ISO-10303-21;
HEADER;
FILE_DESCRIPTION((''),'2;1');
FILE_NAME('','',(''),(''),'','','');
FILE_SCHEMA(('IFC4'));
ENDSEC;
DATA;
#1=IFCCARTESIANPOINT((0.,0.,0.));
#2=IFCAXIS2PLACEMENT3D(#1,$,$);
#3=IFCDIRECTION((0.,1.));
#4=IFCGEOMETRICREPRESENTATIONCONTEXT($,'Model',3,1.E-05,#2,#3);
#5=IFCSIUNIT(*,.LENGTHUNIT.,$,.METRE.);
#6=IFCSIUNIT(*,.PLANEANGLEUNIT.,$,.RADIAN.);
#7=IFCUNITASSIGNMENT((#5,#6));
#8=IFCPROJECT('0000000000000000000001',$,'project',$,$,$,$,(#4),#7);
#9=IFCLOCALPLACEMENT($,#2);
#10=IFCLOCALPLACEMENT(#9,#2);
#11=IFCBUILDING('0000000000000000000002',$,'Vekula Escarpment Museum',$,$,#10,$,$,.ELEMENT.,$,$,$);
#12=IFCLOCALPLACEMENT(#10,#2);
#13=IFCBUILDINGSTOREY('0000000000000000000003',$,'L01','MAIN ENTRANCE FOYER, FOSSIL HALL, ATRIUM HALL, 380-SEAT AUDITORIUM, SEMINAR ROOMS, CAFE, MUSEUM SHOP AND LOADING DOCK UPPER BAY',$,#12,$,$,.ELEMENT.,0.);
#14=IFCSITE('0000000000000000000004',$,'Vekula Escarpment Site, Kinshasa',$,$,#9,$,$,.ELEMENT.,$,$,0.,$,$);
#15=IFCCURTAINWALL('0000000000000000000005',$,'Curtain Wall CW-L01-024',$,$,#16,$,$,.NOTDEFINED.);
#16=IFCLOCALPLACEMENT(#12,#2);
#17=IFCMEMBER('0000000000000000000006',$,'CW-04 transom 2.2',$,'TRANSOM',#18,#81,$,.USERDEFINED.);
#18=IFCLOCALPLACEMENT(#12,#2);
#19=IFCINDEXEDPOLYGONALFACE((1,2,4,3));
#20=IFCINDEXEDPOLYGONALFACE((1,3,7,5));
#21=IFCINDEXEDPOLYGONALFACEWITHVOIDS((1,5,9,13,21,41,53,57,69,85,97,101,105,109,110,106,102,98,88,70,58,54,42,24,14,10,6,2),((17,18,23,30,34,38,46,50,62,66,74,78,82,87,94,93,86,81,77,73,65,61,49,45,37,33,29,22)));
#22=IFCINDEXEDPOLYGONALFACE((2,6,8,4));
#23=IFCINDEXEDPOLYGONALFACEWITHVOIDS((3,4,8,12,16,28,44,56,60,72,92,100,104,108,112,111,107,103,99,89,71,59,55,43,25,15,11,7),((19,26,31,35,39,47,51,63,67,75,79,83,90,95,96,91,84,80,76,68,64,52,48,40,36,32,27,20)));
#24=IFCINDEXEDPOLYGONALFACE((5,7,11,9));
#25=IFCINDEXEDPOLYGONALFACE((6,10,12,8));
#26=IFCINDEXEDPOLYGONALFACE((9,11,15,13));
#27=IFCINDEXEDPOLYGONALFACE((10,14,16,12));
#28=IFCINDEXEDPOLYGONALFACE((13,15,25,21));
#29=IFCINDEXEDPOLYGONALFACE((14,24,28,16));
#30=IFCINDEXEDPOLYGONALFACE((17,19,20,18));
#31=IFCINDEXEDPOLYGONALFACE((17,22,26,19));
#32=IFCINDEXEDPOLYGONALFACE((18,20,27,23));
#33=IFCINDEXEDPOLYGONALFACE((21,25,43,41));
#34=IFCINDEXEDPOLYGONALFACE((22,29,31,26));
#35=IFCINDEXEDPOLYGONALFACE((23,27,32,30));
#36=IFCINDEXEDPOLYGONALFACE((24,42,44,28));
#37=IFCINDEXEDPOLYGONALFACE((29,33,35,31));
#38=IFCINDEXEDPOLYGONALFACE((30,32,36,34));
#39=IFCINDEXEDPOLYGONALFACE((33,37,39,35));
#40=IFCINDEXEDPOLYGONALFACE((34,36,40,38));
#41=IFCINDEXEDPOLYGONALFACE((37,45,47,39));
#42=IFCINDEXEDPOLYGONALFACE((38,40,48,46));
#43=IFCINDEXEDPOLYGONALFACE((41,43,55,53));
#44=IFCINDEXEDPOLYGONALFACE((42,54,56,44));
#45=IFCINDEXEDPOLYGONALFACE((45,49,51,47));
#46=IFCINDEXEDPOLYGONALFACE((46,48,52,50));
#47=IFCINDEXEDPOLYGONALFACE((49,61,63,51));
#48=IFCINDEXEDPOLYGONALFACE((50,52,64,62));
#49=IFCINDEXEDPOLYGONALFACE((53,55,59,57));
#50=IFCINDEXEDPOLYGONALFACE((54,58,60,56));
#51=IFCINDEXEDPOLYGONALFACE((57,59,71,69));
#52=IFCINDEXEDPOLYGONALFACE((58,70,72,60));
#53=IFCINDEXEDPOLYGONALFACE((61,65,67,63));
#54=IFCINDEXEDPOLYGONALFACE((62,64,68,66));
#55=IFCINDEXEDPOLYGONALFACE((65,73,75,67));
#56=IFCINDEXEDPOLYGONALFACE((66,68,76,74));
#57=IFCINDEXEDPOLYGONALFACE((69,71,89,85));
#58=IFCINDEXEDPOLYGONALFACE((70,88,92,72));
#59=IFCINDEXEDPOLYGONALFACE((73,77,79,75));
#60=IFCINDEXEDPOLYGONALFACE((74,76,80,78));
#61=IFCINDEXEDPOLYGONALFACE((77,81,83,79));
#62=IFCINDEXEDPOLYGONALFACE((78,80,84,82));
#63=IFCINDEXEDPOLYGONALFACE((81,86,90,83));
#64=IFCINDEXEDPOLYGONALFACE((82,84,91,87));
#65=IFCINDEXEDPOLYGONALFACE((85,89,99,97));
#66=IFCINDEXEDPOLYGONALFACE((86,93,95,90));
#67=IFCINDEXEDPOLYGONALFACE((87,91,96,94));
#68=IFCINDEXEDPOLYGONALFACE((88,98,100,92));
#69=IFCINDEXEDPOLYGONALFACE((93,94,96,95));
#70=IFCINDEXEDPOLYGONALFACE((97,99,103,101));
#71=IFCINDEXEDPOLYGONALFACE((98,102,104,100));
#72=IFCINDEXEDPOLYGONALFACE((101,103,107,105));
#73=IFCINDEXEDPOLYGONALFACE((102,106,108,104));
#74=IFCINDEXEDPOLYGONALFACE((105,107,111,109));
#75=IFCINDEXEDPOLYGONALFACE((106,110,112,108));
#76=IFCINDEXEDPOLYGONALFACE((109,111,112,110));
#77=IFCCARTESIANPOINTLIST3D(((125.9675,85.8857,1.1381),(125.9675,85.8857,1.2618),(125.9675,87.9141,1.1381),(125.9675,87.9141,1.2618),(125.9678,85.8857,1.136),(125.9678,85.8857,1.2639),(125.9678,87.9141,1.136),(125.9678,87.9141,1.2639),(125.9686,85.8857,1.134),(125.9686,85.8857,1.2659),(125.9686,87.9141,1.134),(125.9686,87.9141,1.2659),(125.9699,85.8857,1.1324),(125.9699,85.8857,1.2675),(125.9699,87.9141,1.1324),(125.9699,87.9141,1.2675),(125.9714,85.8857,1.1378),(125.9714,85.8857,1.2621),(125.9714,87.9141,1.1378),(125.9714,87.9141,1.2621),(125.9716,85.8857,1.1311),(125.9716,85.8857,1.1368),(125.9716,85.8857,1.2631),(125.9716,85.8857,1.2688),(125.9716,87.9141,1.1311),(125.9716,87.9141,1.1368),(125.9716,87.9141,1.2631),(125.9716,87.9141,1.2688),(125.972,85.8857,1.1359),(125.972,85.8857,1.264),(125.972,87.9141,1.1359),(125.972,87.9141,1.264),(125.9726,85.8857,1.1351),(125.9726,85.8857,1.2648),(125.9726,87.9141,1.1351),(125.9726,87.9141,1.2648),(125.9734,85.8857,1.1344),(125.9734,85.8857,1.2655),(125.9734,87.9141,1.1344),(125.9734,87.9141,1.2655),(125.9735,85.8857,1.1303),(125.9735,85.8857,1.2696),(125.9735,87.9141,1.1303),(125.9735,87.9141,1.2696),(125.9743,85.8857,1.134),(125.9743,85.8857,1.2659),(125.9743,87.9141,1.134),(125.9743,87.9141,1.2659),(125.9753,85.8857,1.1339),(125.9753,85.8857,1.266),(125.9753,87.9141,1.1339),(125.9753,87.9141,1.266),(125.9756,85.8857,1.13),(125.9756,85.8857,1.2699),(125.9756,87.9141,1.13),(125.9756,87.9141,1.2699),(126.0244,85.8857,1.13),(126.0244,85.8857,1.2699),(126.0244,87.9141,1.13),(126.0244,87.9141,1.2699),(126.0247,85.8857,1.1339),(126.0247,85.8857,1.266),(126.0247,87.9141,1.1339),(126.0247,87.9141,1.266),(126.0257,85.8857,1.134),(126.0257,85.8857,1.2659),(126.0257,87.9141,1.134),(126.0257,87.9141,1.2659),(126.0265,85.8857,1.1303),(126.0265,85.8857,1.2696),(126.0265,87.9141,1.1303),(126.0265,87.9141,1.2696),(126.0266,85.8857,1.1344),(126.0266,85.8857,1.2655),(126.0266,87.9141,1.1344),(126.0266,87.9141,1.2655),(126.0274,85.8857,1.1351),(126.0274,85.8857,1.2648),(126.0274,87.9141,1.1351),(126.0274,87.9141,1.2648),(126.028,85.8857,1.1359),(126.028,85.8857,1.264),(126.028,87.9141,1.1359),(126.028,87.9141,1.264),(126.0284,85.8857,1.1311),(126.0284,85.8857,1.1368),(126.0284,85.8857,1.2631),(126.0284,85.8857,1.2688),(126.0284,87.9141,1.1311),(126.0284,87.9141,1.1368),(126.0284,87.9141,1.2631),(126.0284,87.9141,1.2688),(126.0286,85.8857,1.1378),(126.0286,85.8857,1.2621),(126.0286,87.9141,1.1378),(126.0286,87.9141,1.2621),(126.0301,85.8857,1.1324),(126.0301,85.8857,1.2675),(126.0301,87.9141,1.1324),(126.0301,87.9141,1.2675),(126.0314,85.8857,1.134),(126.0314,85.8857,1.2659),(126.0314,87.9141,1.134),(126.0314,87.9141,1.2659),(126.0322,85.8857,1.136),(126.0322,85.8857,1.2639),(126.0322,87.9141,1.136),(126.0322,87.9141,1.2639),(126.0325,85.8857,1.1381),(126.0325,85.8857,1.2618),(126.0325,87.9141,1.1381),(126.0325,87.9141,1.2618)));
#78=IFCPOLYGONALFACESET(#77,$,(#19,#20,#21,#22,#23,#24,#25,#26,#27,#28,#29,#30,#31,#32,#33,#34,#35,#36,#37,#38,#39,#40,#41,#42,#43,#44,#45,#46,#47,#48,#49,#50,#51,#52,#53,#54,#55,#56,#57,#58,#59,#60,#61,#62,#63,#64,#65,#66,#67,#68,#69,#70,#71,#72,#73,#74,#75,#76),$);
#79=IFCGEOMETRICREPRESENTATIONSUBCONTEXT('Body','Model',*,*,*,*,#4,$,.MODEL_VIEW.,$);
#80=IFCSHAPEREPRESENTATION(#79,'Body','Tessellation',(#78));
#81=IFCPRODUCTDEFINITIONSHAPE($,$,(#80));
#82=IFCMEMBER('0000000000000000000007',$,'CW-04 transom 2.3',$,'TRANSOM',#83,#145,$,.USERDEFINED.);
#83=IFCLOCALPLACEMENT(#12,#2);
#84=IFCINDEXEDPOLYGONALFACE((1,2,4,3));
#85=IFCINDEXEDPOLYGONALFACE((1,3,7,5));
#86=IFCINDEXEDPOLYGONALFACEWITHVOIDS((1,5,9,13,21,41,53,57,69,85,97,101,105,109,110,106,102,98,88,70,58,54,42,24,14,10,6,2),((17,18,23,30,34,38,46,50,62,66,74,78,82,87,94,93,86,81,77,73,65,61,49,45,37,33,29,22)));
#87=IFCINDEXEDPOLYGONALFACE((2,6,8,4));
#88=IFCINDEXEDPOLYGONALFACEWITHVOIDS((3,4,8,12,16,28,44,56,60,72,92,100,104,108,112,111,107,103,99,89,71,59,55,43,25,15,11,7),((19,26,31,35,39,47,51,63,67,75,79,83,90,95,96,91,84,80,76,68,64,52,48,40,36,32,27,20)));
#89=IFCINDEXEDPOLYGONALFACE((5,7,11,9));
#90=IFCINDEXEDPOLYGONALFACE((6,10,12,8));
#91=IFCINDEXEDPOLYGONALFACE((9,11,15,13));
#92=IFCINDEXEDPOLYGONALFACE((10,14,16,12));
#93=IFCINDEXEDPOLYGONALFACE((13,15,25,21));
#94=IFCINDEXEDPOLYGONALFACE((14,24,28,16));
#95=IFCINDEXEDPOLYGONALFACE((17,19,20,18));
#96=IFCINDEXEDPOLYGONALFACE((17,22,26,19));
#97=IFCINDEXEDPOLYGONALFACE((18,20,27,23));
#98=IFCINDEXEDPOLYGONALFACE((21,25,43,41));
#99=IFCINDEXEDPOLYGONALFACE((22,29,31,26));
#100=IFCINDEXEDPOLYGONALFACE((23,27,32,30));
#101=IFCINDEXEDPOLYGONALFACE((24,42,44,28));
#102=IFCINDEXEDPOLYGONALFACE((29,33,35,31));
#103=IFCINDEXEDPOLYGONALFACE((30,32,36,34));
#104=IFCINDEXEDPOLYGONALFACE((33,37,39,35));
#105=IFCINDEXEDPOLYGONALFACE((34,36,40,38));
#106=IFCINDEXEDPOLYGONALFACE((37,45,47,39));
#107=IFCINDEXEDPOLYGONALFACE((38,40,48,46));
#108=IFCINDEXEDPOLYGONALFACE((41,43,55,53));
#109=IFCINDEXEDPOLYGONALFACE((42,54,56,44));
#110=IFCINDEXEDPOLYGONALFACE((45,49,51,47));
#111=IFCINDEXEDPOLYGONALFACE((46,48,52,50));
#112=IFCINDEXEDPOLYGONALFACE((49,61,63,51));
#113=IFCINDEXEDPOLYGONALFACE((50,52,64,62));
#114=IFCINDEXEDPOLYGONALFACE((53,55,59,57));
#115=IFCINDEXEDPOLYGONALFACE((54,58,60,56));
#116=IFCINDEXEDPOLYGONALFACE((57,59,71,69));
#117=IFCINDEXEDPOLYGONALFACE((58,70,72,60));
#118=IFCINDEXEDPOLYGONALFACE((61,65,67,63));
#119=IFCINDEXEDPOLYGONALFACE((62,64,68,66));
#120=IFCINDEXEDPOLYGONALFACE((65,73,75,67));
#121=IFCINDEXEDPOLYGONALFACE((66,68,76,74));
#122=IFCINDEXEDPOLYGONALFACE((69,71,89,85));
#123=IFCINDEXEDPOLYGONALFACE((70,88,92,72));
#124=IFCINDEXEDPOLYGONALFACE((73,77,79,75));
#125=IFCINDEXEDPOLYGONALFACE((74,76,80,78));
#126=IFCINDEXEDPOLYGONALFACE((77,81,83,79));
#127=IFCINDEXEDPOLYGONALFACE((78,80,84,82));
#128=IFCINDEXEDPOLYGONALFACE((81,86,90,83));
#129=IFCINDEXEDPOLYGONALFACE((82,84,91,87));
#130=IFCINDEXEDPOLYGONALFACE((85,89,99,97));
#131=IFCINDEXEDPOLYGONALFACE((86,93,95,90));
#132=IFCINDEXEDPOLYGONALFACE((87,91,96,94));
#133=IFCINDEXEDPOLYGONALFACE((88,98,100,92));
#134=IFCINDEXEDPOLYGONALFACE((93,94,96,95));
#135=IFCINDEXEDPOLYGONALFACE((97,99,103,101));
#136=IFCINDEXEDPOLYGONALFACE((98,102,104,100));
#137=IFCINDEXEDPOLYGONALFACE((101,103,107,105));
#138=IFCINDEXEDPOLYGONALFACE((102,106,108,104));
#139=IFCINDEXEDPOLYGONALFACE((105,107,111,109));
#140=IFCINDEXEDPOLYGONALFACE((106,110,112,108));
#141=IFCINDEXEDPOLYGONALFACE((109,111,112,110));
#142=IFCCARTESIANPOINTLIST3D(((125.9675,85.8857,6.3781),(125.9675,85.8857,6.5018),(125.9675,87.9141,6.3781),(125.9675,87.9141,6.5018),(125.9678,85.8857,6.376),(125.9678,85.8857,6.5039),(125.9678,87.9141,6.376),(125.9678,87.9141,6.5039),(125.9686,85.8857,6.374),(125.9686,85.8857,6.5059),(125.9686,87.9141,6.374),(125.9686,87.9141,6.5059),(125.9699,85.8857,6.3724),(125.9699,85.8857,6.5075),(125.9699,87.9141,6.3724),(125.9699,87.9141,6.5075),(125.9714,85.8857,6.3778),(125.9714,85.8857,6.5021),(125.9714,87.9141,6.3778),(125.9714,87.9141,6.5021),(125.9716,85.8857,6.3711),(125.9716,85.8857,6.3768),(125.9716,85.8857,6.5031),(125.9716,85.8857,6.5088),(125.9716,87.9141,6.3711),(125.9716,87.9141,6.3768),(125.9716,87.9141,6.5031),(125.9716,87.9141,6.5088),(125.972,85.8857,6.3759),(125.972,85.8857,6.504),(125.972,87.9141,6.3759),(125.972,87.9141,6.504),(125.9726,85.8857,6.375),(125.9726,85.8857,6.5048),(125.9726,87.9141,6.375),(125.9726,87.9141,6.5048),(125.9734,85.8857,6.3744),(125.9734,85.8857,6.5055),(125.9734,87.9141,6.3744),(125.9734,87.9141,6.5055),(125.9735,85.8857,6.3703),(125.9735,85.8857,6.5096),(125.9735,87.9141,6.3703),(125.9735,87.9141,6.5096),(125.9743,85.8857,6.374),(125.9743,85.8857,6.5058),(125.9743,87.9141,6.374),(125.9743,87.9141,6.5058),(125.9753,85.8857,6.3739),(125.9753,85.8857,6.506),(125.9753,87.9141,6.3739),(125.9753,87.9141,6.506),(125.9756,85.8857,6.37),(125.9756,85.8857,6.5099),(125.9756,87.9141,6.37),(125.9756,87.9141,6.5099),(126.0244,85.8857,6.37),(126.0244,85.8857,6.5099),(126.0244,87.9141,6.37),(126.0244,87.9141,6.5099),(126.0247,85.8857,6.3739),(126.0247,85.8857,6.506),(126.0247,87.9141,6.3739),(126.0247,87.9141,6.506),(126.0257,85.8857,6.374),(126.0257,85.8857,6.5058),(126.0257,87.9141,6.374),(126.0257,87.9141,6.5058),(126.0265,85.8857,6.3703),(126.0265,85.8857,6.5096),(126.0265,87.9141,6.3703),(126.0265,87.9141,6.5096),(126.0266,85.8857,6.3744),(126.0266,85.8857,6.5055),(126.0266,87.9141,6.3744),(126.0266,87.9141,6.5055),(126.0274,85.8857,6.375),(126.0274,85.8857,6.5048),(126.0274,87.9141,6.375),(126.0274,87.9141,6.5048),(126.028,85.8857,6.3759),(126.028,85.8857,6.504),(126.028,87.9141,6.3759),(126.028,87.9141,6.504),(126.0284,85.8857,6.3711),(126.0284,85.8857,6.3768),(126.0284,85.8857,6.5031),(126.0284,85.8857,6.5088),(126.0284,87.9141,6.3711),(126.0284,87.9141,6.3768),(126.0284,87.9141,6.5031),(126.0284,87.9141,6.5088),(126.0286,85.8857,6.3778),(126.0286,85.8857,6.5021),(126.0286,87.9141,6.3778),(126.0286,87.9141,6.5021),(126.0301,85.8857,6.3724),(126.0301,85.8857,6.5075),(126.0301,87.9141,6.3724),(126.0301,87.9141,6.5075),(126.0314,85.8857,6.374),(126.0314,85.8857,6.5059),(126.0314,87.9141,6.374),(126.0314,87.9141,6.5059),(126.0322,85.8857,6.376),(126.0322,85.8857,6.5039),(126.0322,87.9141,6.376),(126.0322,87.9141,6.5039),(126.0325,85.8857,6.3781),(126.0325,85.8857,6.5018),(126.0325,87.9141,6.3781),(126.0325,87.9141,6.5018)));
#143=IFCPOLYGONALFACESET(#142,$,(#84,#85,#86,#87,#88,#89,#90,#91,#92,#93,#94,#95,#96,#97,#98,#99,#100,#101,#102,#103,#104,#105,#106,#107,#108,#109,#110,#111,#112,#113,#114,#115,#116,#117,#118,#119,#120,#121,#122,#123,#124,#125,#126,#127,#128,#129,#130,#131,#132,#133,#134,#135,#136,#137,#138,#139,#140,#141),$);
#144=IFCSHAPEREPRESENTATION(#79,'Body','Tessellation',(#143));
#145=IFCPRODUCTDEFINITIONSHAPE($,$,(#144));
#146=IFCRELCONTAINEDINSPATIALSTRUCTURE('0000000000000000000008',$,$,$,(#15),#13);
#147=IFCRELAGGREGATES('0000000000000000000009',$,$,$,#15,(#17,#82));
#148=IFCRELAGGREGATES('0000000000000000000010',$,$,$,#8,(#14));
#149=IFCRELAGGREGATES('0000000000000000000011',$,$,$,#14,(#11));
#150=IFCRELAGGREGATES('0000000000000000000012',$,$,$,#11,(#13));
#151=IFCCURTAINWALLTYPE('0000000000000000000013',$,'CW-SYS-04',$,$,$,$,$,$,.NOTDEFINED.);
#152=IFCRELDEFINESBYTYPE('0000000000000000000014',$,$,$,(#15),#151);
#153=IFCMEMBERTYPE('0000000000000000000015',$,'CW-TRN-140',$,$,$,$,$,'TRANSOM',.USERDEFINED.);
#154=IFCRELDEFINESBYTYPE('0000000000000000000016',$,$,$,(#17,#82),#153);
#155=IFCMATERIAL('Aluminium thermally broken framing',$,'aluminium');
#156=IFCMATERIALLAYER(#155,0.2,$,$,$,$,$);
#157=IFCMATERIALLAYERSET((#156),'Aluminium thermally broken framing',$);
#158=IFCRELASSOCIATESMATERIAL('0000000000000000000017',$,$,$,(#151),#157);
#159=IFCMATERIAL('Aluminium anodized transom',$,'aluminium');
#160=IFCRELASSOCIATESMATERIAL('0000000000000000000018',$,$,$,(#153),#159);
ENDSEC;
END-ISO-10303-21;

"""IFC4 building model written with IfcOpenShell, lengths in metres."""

from ifc_helpers import new_model, si_unit, direction, frame, origin, origin_2d, place, context, subcontext, project, spatial, hollow_rectangle, extrude, material, layer, layer_set, material_profile, profile_set, type_object, element, aggregate, save


model = new_model("IFC4")

# Units and contexts
model_context = context("Model", 3, precision=1e-05, world=origin(), true_north=direction((0.0, 1.0)))
body_context = subcontext(model_context, "Body", "Model", "MODEL_VIEW")
ifc_project = project(units=[si_unit("LENGTHUNIT", "METRE"), si_unit("PLANEANGLEUNIT", "RADIAN")], contexts=[model_context])

# Site, building, storey
site_placement = place(None, origin())
site = spatial("IfcSite", under=ifc_project, at=site_placement, Name="Vekula Escarpment Site, Kinshasa", CompositionType="ELEMENT", RefElevation=0.0)
building_placement = place(site_placement, origin())
building = spatial("IfcBuilding", under=site, at=building_placement, Name="Vekula Escarpment Museum", CompositionType="ELEMENT")
storey_placement = place(building_placement, origin())
storey = spatial("IfcBuildingStorey", under=building, at=storey_placement, Name="L01", Description="MAIN ENTRANCE FOYER, FOSSIL HALL, ATRIUM HALL, 380-SEAT AUDITORIUM, SEMINAR ROOMS, CAFE, MUSEUM SHOP AND LOADING DOCK UPPER BAY", CompositionType="ELEMENT", Elevation=0.0)

# Curtain wall, members
ifc_material_1 = material(Name="Aluminium thermally broken framing", Category="aluminium")
ifc_layer_1 = layer(ifc_material_1, 0.2)
ifc_layer_set_1 = layer_set([ifc_layer_1], Name="Aluminium thermally broken framing")
curtain_wall_type = type_object("IfcCurtainWallType", Name="CW-SYS-04", PredefinedType="NOTDEFINED", material=ifc_layer_set_1)
curtain_wall_placement = place(storey_placement, origin())
curtain_wall = element("IfcCurtainWall", 1, at=curtain_wall_placement, inside=storey, type_object=curtain_wall_type, Name="Curtain Wall CW-L01-024", PredefinedType="NOTDEFINED")
ifc_material_2 = material(Name="Aluminium anodized transom", Category="aluminium")
ifc_material_profile_1 = material_profile(ifc_material_2, hollow_rectangle(XDim=0.0649, YDim=0.1399, WallThickness=0.0039, InnerFilletRadius=0.0039, OuterFilletRadius=0.0081, at=origin_2d()), Name="ALU 140x65x4")
ifc_profile_set_1 = profile_set([ifc_material_profile_1], Name="Aluminium anodized transom")
member_type_1 = type_object("IfcMemberType", Name="CW-TRN-140", ElementType="TRANSOM", PredefinedType="USERDEFINED", material=ifc_profile_set_1)
member_1_placement = place(storey_placement, frame((126.0, 85.8857, 1.2), z_axis=(0.0, 1.0, 0.0), x_axis=(-1.0, 0.0, 0.0)))
member_1 = element("IfcMember", 2, at=member_1_placement, type_object=member_type_1, Name="CW-04 transom 2.2", ObjectType="TRANSOM", PredefinedType="USERDEFINED", context=body_context, shape_type="SweptSolid", body=[
    extrude(hollow_rectangle(XDim=0.0649, YDim=0.1399, WallThickness=0.0039, InnerFilletRadius=0.0039, OuterFilletRadius=0.0081, at=origin_2d()), origin(), (0.0, 0.0, 1.0), 2.0283),
])
member_2_placement = place(storey_placement, frame((126.0, 85.8857, 6.4399), z_axis=(0.0, 1.0, 0.0), x_axis=(-1.0, 0.0, 0.0)))
member_2 = element("IfcMember", 3, at=member_2_placement, type_object=member_type_1, Name="CW-04 transom 2.3", ObjectType="TRANSOM", PredefinedType="USERDEFINED", context=body_context, shape_type="SweptSolid", body=[
    extrude(hollow_rectangle(XDim=0.0649, YDim=0.1399, WallThickness=0.0039, InnerFilletRadius=0.0039, OuterFilletRadius=0.0081, at=origin_2d()), origin(), (0.0, 0.0, 1.0), 2.0283),
])

aggregate(curtain_wall, [member_1, member_2])

save(model, "model.ifc")
